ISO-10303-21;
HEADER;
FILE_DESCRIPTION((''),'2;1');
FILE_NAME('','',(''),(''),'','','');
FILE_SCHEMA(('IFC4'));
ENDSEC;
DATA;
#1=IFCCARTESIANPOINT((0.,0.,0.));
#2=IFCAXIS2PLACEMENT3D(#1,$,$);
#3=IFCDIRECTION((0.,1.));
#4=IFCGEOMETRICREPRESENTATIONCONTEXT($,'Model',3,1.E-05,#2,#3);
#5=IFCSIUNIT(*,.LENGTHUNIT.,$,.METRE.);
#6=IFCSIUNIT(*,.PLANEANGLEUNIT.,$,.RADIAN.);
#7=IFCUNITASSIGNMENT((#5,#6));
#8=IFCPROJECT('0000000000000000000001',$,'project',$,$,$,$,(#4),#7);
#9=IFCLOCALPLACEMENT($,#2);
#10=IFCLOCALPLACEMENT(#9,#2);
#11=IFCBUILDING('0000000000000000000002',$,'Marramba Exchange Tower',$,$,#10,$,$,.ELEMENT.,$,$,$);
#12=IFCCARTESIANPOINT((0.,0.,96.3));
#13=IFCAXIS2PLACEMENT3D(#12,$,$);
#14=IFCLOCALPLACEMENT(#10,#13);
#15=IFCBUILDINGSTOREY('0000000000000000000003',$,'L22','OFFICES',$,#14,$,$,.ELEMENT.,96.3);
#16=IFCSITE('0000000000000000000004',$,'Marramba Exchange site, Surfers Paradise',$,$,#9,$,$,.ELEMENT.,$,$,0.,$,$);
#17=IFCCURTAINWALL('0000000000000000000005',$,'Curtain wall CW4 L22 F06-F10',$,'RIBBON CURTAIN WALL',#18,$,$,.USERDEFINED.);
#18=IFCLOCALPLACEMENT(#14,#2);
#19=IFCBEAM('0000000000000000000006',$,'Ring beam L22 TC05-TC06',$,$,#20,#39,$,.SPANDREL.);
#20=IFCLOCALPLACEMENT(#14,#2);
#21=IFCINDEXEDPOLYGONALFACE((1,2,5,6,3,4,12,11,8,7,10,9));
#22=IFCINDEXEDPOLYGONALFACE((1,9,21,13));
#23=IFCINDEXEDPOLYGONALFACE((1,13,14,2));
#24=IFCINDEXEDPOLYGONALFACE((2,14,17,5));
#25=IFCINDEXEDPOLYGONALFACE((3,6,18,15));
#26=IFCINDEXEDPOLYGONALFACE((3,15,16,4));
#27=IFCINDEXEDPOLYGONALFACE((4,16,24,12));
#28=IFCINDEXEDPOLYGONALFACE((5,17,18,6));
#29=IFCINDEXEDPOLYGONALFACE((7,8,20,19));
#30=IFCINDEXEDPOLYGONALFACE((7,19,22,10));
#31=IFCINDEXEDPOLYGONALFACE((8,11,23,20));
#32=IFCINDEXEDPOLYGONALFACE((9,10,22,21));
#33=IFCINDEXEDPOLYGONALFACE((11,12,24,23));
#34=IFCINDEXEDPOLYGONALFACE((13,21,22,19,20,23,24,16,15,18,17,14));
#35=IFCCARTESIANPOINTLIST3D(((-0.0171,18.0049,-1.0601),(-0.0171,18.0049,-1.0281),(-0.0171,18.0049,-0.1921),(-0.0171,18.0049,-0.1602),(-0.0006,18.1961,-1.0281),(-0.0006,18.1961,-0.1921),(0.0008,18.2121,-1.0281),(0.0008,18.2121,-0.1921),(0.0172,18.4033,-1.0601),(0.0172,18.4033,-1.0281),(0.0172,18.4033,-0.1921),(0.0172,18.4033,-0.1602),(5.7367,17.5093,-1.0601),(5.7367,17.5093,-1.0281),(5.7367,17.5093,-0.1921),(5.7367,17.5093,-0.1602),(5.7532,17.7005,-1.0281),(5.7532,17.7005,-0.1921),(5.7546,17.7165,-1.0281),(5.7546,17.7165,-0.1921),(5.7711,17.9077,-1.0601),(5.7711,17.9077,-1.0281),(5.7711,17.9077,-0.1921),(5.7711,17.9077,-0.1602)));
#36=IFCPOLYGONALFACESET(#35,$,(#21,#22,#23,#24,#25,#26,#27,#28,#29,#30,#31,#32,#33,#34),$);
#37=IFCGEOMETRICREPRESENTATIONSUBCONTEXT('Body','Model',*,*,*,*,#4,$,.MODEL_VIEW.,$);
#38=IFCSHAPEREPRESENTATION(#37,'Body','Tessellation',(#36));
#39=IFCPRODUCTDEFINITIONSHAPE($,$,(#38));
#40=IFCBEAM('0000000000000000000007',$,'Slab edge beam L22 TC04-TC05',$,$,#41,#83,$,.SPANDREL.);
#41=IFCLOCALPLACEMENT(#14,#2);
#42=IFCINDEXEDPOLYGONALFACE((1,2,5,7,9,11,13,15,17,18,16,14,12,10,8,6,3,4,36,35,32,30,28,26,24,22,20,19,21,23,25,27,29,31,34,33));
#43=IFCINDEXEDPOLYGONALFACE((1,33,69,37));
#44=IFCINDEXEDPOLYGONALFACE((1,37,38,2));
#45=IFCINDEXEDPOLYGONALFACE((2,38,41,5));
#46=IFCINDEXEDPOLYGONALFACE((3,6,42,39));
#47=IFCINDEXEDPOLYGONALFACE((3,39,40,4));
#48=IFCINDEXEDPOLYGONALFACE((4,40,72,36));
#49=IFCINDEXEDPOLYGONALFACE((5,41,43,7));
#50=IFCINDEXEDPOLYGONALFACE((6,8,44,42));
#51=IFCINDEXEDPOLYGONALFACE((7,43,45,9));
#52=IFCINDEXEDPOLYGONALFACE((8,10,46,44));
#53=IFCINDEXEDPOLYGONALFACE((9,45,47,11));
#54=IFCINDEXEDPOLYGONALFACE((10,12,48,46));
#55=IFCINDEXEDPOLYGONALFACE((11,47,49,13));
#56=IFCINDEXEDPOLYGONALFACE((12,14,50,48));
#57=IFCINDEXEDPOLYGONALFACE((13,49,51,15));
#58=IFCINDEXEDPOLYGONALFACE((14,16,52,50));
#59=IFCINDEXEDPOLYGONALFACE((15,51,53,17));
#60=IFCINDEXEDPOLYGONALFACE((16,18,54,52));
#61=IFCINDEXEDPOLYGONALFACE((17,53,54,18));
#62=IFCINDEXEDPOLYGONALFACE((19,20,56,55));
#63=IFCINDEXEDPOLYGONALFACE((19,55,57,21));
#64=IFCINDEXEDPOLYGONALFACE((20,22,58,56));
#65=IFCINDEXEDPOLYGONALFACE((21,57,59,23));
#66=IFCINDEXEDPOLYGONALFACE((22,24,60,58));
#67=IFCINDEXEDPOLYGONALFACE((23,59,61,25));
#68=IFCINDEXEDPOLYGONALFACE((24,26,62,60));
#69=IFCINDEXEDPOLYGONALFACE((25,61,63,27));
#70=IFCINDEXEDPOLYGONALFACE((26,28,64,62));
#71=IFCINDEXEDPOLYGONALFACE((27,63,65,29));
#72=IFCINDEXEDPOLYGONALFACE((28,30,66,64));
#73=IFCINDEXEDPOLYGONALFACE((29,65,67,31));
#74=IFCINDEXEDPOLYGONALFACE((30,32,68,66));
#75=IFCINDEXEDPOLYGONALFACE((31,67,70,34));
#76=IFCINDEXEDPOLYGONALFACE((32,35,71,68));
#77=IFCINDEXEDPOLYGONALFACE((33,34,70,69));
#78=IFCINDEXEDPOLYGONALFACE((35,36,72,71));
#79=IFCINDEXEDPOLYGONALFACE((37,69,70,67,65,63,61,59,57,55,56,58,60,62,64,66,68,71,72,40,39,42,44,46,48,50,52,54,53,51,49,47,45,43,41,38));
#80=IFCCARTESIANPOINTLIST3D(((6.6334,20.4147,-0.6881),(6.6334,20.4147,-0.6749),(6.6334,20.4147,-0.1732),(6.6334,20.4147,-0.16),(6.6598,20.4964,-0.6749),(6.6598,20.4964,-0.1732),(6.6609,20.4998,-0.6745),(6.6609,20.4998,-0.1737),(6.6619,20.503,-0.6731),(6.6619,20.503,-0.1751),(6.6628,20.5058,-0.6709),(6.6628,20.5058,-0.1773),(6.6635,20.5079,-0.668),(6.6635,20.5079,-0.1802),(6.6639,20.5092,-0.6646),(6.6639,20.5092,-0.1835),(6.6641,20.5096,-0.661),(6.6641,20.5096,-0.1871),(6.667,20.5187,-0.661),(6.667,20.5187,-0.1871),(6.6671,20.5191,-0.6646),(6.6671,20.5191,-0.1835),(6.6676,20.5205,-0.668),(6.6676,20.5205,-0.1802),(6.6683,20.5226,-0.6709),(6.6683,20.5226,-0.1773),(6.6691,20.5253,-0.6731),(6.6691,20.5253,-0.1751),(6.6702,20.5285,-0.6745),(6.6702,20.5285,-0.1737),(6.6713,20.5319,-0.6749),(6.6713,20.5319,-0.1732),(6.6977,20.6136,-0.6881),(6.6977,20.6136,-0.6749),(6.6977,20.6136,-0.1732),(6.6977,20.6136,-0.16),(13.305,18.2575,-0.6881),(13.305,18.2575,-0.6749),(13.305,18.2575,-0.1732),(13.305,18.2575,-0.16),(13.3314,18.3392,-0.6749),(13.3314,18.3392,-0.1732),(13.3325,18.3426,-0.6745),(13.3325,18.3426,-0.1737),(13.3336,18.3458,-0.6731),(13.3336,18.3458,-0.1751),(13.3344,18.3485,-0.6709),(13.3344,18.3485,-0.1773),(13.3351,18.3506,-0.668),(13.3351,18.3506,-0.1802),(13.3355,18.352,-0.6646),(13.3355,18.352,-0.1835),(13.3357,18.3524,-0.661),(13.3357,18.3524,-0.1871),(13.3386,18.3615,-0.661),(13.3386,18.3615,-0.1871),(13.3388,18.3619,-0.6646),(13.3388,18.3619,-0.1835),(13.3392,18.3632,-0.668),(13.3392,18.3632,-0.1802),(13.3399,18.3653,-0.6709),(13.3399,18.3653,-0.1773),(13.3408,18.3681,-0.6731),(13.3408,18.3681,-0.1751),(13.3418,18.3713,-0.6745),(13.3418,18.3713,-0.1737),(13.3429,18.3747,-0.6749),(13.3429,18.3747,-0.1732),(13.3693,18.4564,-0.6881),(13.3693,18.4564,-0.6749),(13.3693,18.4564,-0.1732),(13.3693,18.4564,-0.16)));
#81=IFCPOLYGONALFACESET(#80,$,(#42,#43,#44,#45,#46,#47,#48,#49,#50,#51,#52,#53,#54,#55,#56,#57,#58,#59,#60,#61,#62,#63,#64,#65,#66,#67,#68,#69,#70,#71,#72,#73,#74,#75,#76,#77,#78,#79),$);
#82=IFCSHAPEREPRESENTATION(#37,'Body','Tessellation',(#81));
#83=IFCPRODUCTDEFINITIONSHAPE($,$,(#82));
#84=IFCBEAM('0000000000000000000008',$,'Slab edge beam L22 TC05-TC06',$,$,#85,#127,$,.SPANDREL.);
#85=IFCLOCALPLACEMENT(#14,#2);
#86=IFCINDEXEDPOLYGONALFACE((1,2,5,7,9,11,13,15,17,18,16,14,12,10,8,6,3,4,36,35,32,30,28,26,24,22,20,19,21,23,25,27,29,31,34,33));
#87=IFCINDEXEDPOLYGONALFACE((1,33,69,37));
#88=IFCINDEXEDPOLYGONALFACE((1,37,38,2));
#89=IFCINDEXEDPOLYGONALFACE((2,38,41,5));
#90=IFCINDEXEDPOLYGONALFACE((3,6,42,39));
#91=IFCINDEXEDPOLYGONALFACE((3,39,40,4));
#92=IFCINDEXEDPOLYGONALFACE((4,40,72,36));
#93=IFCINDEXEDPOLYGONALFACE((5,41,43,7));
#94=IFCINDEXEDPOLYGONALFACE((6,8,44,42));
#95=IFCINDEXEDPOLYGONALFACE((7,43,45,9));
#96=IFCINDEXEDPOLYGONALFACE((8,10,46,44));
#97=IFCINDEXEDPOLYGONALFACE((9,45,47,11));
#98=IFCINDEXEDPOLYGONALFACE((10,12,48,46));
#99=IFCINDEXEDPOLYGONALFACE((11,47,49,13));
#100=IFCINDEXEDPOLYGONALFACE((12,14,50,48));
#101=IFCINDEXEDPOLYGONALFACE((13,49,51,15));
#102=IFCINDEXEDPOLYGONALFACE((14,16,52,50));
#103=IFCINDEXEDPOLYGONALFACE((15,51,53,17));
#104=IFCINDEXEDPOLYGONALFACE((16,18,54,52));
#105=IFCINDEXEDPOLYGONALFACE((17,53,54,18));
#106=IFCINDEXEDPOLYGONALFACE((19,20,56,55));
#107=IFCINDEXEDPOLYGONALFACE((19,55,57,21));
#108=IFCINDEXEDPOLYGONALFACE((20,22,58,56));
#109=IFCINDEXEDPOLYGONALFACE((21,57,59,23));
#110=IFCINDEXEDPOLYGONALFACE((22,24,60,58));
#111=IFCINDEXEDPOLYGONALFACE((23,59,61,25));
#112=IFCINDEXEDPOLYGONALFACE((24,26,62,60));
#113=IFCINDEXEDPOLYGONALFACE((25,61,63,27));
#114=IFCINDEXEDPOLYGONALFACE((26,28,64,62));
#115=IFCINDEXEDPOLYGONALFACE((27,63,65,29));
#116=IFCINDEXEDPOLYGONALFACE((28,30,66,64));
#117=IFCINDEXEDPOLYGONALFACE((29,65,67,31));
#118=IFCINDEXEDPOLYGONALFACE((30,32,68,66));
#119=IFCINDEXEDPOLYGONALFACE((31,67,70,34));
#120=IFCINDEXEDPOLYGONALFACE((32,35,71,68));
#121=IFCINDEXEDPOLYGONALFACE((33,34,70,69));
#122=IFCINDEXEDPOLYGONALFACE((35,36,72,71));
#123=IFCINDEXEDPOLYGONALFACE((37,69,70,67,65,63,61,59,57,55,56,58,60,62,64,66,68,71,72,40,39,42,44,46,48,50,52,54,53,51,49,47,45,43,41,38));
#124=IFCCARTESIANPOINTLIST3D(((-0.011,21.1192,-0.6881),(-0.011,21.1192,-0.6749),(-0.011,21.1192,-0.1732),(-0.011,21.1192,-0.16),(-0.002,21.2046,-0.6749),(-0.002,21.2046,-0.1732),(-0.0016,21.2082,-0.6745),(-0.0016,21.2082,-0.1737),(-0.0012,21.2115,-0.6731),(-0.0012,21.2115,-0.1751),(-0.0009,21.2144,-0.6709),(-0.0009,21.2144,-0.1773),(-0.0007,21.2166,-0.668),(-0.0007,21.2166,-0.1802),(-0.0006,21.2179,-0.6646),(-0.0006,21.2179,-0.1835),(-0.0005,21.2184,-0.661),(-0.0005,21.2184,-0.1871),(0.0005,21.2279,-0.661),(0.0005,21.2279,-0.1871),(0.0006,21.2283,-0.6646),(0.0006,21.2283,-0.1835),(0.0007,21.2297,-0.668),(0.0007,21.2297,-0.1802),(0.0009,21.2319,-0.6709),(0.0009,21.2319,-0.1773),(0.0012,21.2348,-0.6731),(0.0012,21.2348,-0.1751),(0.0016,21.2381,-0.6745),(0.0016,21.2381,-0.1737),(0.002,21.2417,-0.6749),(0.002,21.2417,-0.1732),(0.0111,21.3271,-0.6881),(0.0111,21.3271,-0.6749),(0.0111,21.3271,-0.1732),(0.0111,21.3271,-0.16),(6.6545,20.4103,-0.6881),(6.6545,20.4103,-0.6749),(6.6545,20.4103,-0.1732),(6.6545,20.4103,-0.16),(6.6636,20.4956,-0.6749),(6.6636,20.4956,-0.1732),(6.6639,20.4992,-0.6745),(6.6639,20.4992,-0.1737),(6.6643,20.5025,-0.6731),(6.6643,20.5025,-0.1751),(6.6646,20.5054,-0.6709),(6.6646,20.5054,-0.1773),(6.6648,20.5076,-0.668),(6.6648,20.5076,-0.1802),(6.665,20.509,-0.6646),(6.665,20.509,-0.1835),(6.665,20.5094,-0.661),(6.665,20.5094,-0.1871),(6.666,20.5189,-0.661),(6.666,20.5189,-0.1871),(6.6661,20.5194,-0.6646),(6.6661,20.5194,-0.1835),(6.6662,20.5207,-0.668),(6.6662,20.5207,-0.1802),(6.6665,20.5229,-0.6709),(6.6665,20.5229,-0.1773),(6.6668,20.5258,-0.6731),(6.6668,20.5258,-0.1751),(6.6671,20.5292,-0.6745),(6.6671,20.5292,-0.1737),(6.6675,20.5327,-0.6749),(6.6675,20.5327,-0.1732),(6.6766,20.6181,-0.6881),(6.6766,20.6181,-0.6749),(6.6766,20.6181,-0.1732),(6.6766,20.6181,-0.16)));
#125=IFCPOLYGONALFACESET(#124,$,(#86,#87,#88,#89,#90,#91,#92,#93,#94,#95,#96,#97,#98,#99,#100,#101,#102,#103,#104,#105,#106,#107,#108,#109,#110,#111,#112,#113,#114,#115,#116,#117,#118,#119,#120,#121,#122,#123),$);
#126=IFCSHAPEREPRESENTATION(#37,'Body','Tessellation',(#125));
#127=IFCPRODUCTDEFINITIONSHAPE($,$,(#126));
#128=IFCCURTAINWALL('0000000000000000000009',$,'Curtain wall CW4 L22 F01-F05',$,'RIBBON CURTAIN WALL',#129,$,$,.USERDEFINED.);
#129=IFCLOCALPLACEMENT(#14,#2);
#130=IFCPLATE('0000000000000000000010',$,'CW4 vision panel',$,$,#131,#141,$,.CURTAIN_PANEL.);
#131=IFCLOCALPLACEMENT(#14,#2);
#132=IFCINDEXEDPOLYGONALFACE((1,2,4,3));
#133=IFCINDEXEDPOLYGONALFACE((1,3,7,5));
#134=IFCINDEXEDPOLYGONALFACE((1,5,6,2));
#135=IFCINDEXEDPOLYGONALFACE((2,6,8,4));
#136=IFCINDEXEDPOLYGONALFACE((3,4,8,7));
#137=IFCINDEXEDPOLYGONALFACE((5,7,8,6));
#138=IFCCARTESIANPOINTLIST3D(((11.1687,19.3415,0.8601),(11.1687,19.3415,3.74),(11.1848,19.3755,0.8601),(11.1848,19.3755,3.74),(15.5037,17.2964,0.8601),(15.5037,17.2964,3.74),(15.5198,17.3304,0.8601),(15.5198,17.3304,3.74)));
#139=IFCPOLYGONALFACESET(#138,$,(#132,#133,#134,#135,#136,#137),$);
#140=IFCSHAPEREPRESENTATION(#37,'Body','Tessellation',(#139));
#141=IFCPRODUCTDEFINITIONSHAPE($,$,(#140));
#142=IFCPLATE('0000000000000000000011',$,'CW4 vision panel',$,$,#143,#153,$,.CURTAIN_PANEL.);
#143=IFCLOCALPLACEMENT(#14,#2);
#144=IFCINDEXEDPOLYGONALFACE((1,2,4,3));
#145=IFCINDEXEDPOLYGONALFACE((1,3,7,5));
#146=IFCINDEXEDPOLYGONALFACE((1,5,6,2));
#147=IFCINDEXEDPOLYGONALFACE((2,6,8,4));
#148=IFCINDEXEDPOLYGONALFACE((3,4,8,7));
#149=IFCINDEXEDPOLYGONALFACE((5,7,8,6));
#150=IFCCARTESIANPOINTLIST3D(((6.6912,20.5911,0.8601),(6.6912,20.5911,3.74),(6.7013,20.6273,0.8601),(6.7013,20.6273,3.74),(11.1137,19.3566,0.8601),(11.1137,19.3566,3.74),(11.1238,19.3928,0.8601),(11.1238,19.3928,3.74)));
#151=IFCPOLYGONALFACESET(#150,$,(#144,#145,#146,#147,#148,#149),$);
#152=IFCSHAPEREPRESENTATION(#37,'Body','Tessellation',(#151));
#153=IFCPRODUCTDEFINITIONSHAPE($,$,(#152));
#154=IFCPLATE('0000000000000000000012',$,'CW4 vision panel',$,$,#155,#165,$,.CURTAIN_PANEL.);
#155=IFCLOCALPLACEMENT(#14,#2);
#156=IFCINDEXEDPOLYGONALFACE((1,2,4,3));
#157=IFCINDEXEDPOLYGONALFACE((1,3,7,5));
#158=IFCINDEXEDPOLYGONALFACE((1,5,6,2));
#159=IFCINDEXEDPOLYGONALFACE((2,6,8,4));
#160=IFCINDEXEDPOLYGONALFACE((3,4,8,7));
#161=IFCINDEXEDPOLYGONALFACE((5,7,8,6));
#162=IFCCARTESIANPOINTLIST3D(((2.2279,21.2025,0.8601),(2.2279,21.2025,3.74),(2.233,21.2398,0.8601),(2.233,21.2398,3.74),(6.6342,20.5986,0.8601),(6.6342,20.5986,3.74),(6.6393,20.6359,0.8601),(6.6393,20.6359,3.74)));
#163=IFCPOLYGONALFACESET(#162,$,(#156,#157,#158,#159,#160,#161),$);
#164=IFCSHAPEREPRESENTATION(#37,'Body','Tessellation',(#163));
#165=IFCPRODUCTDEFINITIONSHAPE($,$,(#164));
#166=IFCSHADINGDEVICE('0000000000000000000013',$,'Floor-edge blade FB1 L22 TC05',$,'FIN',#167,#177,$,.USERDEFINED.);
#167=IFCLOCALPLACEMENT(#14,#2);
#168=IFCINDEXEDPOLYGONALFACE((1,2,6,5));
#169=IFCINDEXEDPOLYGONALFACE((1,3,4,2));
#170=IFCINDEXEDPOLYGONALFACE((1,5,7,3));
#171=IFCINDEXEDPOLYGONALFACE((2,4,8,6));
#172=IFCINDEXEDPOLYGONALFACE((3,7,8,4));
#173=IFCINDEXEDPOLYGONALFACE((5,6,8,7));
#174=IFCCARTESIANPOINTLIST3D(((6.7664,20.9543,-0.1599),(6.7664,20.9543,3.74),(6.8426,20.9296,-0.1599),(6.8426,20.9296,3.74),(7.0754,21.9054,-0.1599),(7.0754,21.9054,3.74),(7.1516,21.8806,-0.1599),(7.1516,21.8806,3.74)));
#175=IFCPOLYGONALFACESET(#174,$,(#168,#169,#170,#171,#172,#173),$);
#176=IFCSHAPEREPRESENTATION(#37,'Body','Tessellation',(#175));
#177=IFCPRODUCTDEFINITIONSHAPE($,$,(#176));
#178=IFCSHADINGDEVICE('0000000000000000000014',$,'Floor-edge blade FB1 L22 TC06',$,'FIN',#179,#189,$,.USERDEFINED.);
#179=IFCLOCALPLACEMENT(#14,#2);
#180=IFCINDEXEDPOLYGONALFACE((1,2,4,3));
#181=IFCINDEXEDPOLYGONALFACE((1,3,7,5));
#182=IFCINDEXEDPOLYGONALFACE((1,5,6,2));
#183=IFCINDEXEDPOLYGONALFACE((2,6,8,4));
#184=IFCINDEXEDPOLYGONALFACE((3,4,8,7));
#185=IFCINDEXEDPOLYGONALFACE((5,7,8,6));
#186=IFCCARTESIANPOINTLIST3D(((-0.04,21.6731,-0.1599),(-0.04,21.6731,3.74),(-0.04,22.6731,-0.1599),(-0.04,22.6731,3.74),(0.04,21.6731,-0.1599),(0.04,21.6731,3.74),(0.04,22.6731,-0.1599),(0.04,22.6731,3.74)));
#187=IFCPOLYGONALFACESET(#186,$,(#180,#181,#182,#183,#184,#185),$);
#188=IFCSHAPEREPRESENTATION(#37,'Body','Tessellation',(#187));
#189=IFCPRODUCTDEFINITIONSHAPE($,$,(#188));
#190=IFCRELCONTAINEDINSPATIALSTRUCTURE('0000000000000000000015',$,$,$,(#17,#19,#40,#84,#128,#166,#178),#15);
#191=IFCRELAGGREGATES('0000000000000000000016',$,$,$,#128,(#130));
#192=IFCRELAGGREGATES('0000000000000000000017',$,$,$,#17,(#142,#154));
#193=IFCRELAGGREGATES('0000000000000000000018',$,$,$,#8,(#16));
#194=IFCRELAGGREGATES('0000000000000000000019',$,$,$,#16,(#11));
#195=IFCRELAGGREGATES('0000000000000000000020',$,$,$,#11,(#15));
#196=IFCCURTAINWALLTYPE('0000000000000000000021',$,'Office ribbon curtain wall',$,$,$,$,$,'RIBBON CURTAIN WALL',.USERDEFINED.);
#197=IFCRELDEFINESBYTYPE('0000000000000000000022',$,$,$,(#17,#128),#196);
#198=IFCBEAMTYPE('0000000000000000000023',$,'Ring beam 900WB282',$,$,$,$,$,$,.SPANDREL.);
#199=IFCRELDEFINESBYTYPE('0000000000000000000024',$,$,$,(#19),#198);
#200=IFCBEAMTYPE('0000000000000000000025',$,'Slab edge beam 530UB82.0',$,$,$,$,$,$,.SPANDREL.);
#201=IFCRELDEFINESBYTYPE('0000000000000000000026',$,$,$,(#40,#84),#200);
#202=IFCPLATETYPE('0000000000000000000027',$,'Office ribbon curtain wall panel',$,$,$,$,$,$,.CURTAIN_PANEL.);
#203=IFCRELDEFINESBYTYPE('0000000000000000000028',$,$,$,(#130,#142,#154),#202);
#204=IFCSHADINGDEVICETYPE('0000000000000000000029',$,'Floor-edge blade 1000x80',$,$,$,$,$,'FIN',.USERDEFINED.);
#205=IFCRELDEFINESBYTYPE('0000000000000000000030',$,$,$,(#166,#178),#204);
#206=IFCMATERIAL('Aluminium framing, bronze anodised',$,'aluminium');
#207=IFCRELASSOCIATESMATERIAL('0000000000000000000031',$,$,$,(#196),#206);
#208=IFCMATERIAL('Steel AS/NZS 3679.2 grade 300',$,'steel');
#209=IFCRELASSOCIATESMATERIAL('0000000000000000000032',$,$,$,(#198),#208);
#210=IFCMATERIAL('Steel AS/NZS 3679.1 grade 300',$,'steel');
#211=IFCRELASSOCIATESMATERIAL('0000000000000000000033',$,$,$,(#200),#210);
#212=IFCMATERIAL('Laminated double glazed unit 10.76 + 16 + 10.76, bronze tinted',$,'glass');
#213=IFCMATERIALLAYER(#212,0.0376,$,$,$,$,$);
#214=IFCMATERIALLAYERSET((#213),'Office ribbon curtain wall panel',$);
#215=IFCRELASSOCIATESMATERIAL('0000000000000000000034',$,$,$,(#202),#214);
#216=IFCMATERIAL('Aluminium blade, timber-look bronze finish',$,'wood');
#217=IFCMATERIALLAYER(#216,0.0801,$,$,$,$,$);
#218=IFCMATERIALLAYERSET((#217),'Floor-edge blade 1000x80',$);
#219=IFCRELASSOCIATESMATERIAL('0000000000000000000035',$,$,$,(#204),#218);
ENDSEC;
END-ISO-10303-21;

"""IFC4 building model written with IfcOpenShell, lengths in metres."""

from ifc_helpers import new_model, si_unit, direction, frame, origin, origin_2d, place, context, subcontext, project, spatial, rectangle, i_section, extrude, material, layer, layer_set, material_profile, profile_set, type_object, element, aggregate, save


model = new_model("IFC4")

# Units and contexts
model_context = context("Model", 3, precision=1e-05, world=origin(), true_north=direction((0.0, 1.0)))
body_context = subcontext(model_context, "Body", "Model", "MODEL_VIEW")
ifc_project = project(units=[si_unit("LENGTHUNIT", "METRE"), si_unit("PLANEANGLEUNIT", "RADIAN")], contexts=[model_context])

# Site, building, storey
site_placement = place(None, origin())
site = spatial("IfcSite", under=ifc_project, at=site_placement, Name="Marramba Exchange site, Surfers Paradise", CompositionType="ELEMENT", RefElevation=0.0)
building_placement = place(site_placement, origin())
building = spatial("IfcBuilding", under=site, at=building_placement, Name="Marramba Exchange Tower", CompositionType="ELEMENT")
storey_placement = place(building_placement, frame((0.0, 0.0, 96.3)))
storey = spatial("IfcBuildingStorey", under=building, at=storey_placement, Name="L22", Description="OFFICES", CompositionType="ELEMENT", Elevation=96.3)

# Shared definitions
ifc_material_1 = material(Name="Steel AS/NZS 3679.2 grade 300", Category="steel")

# Curtain wall
ifc_material_2 = material(Name="Aluminium framing, bronze anodised", Category="aluminium")
curtain_wall_type = type_object("IfcCurtainWallType", Name="Office ribbon curtain wall", ElementType="RIBBON CURTAIN WALL", PredefinedType="USERDEFINED", material=ifc_material_2)
curtain_wall_1_placement = place(storey_placement, origin())
curtain_wall_1 = element("IfcCurtainWall", 1, at=curtain_wall_1_placement, inside=storey, type_object=curtain_wall_type, Name="Curtain wall CW4 L22 F06-F10", ObjectType="RIBBON CURTAIN WALL", PredefinedType="USERDEFINED")

# Beams
ifc_material_profile_1 = material_profile(ifc_material_1, i_section(OverallWidth=0.3999, OverallDepth=0.8999, WebThickness=0.0161, FlangeThickness=0.032, at=origin_2d()), Name="900WB282")
ifc_profile_set_1 = profile_set([ifc_material_profile_1], Name="Steel AS/NZS 3679.2 grade 300")
beam_type_1 = type_object("IfcBeamType", Name="Ring beam 900WB282", PredefinedType="SPANDREL", material=ifc_profile_set_1)
beam_1_placement = place(storey_placement, frame((5.7539, 17.7085, -0.6101), z_axis=(-0.996311, 0.085816, 0.0), x_axis=(-0.085816, -0.996311, 0.0)))
element("IfcBeam", 2, at=beam_1_placement, inside=storey, type_object=beam_type_1, Name="Ring beam L22 TC05-TC06", PredefinedType="SPANDREL", context=body_context, shape_type="SweptSolid", body=[
    extrude(i_section(OverallWidth=0.3999, OverallDepth=0.8999, WebThickness=0.0161, FlangeThickness=0.032, at=origin_2d()), origin(), (0.0, 0.0, 1.0), 5.7751),
])
ifc_material_3 = material(Name="Steel AS/NZS 3679.1 grade 300", Category="steel")
ifc_material_profile_2 = material_profile(ifc_material_3, i_section(OverallWidth=0.209, OverallDepth=0.5281, WebThickness=0.0095, FlangeThickness=0.0132, FilletRadius=0.0139, at=origin_2d()), Name="530UB82.0")
ifc_profile_set_2 = profile_set([ifc_material_profile_2], Name="Steel AS/NZS 3679.1 grade 300")
beam_type_2 = type_object("IfcBeamType", Name="Slab edge beam 530UB82.0", PredefinedType="SPANDREL", material=ifc_profile_set_2)
beam_2_placement = place(storey_placement, frame((13.3372, 18.3569, -0.4241), z_axis=(-0.951496, 0.30766, 0.0), x_axis=(-0.30766, -0.951496, 0.0)))
element("IfcBeam", 3, at=beam_2_placement, inside=storey, type_object=beam_type_2, Name="Slab edge beam L22 TC04-TC05", PredefinedType="SPANDREL", context=body_context, shape_type="SweptSolid", body=[
    extrude(i_section(OverallWidth=0.209, OverallDepth=0.5281, WebThickness=0.0095, FlangeThickness=0.0132, FilletRadius=0.0139, at=origin_2d()), origin(), (0.0, 0.0, 1.0), 7.0117),
])
beam_3_placement = place(storey_placement, frame((6.6655, 20.5142, -0.4241), z_axis=(-0.994391, 0.105769, 0.0), x_axis=(-0.105769, -0.994391, 0.0)))
element("IfcBeam", 4, at=beam_3_placement, inside=storey, type_object=beam_type_2, Name="Slab edge beam L22 TC05-TC06", PredefinedType="SPANDREL", context=body_context, shape_type="SweptSolid", body=[
    extrude(i_section(OverallWidth=0.209, OverallDepth=0.5281, WebThickness=0.0095, FlangeThickness=0.0132, FilletRadius=0.0139, at=origin_2d()), origin(), (0.0, 0.0, 1.0), 6.7031),
])

# Curtain wall, plate
curtain_wall_2_placement = place(storey_placement, origin())
curtain_wall_2 = element("IfcCurtainWall", 5, at=curtain_wall_2_placement, inside=storey, type_object=curtain_wall_type, Name="Curtain wall CW4 L22 F01-F05", ObjectType="RIBBON CURTAIN WALL", PredefinedType="USERDEFINED")
ifc_material_4 = material(Name="Laminated double glazed unit 10.76 + 16 + 10.76, bronze tinted", Category="glass")
ifc_layer_1 = layer(ifc_material_4, 0.0376)
ifc_layer_set_1 = layer_set([ifc_layer_1], Name="Office ribbon curtain wall panel")
plate_type = type_object("IfcPlateType", Name="Office ribbon curtain wall panel", PredefinedType="CURTAIN_PANEL", material=ifc_layer_set_1)
plate_1_placement = place(storey_placement, frame((13.3442, 18.3359, 0.8601), z_axis=(0.0, 0.0, 1.0), x_axis=(-0.904403, 0.426679, 0.0)))
plate_1 = element("IfcPlate", 6, at=plate_1_placement, type_object=plate_type, Name="CW4 vision panel", PredefinedType="CURTAIN_PANEL", context=body_context, shape_type="SweptSolid", body=[
    extrude(rectangle(XDim=4.7932, YDim=0.0376, at=origin_2d()), origin(), (0.0, 0.0, 1.0), 2.8799),
])
aggregate(curtain_wall_2, [plate_1])

# Plates
plate_2_placement = place(storey_placement, frame((8.9075, 19.9919, 0.8601), z_axis=(0.0, 0.0, 1.0), x_axis=(-0.963178, 0.268865, 0.0)))
plate_2 = element("IfcPlate", 7, at=plate_2_placement, type_object=plate_type, Name="CW4 vision panel", PredefinedType="CURTAIN_PANEL", context=body_context, shape_type="SweptSolid", body=[
    extrude(rectangle(XDim=4.5916, YDim=0.0376, at=origin_2d()), origin(), (0.0, 0.0, 1.0), 2.8799),
])
plate_3_placement = place(storey_placement, frame((4.4336, 20.9192, 0.8601), z_axis=(0.0, 0.0, 1.0), x_axis=(-0.990738, 0.135786, 0.0)))
plate_3 = element("IfcPlate", 8, at=plate_3_placement, type_object=plate_type, Name="CW4 vision panel", PredefinedType="CURTAIN_PANEL", context=body_context, shape_type="SweptSolid", body=[
    extrude(rectangle(XDim=4.4475, YDim=0.0376, at=origin_2d()), origin(), (0.0, 0.0, 1.0), 2.8799),
])
aggregate(curtain_wall_1, [plate_2, plate_3])

# Shading devices
ifc_material_5 = material(Name="Aluminium blade, timber-look bronze finish", Category="wood")
ifc_layer_2 = layer(ifc_material_5, 0.0801)
ifc_layer_set_2 = layer_set([ifc_layer_2], Name="Floor-edge blade 1000x80")
shading_device_type_1 = type_object("IfcShadingDeviceType", Name="Floor-edge blade 1000x80", ElementType="FIN", PredefinedType="USERDEFINED", material=ifc_layer_set_2)
for number, where, z_axis, x_axis, name in (
    (9, (6.959, 21.4175, -0.1599), (0.0, 0.0, 1.0), (0.309017, 0.951057, 0.0), "Floor-edge blade FB1 L22 TC05"),
    (10, (0.0, 22.1731, -0.1599), (0.0, 0.0, 1.0), (0.0, 1.0, 0.0), "Floor-edge blade FB1 L22 TC06"),
):
    element("IfcShadingDevice", number, at=place(storey_placement, frame(where, z_axis=z_axis, x_axis=x_axis)), inside=storey, type_object=shading_device_type_1, Name=name, ObjectType="FIN", PredefinedType="USERDEFINED", context=body_context, shape_type="SweptSolid", body=[
        extrude(rectangle(XDim=1.0, YDim=0.0801, at=origin_2d()), origin(), (0.0, 0.0, 1.0), 3.8999),
    ])

save(model, "model.ifc")
